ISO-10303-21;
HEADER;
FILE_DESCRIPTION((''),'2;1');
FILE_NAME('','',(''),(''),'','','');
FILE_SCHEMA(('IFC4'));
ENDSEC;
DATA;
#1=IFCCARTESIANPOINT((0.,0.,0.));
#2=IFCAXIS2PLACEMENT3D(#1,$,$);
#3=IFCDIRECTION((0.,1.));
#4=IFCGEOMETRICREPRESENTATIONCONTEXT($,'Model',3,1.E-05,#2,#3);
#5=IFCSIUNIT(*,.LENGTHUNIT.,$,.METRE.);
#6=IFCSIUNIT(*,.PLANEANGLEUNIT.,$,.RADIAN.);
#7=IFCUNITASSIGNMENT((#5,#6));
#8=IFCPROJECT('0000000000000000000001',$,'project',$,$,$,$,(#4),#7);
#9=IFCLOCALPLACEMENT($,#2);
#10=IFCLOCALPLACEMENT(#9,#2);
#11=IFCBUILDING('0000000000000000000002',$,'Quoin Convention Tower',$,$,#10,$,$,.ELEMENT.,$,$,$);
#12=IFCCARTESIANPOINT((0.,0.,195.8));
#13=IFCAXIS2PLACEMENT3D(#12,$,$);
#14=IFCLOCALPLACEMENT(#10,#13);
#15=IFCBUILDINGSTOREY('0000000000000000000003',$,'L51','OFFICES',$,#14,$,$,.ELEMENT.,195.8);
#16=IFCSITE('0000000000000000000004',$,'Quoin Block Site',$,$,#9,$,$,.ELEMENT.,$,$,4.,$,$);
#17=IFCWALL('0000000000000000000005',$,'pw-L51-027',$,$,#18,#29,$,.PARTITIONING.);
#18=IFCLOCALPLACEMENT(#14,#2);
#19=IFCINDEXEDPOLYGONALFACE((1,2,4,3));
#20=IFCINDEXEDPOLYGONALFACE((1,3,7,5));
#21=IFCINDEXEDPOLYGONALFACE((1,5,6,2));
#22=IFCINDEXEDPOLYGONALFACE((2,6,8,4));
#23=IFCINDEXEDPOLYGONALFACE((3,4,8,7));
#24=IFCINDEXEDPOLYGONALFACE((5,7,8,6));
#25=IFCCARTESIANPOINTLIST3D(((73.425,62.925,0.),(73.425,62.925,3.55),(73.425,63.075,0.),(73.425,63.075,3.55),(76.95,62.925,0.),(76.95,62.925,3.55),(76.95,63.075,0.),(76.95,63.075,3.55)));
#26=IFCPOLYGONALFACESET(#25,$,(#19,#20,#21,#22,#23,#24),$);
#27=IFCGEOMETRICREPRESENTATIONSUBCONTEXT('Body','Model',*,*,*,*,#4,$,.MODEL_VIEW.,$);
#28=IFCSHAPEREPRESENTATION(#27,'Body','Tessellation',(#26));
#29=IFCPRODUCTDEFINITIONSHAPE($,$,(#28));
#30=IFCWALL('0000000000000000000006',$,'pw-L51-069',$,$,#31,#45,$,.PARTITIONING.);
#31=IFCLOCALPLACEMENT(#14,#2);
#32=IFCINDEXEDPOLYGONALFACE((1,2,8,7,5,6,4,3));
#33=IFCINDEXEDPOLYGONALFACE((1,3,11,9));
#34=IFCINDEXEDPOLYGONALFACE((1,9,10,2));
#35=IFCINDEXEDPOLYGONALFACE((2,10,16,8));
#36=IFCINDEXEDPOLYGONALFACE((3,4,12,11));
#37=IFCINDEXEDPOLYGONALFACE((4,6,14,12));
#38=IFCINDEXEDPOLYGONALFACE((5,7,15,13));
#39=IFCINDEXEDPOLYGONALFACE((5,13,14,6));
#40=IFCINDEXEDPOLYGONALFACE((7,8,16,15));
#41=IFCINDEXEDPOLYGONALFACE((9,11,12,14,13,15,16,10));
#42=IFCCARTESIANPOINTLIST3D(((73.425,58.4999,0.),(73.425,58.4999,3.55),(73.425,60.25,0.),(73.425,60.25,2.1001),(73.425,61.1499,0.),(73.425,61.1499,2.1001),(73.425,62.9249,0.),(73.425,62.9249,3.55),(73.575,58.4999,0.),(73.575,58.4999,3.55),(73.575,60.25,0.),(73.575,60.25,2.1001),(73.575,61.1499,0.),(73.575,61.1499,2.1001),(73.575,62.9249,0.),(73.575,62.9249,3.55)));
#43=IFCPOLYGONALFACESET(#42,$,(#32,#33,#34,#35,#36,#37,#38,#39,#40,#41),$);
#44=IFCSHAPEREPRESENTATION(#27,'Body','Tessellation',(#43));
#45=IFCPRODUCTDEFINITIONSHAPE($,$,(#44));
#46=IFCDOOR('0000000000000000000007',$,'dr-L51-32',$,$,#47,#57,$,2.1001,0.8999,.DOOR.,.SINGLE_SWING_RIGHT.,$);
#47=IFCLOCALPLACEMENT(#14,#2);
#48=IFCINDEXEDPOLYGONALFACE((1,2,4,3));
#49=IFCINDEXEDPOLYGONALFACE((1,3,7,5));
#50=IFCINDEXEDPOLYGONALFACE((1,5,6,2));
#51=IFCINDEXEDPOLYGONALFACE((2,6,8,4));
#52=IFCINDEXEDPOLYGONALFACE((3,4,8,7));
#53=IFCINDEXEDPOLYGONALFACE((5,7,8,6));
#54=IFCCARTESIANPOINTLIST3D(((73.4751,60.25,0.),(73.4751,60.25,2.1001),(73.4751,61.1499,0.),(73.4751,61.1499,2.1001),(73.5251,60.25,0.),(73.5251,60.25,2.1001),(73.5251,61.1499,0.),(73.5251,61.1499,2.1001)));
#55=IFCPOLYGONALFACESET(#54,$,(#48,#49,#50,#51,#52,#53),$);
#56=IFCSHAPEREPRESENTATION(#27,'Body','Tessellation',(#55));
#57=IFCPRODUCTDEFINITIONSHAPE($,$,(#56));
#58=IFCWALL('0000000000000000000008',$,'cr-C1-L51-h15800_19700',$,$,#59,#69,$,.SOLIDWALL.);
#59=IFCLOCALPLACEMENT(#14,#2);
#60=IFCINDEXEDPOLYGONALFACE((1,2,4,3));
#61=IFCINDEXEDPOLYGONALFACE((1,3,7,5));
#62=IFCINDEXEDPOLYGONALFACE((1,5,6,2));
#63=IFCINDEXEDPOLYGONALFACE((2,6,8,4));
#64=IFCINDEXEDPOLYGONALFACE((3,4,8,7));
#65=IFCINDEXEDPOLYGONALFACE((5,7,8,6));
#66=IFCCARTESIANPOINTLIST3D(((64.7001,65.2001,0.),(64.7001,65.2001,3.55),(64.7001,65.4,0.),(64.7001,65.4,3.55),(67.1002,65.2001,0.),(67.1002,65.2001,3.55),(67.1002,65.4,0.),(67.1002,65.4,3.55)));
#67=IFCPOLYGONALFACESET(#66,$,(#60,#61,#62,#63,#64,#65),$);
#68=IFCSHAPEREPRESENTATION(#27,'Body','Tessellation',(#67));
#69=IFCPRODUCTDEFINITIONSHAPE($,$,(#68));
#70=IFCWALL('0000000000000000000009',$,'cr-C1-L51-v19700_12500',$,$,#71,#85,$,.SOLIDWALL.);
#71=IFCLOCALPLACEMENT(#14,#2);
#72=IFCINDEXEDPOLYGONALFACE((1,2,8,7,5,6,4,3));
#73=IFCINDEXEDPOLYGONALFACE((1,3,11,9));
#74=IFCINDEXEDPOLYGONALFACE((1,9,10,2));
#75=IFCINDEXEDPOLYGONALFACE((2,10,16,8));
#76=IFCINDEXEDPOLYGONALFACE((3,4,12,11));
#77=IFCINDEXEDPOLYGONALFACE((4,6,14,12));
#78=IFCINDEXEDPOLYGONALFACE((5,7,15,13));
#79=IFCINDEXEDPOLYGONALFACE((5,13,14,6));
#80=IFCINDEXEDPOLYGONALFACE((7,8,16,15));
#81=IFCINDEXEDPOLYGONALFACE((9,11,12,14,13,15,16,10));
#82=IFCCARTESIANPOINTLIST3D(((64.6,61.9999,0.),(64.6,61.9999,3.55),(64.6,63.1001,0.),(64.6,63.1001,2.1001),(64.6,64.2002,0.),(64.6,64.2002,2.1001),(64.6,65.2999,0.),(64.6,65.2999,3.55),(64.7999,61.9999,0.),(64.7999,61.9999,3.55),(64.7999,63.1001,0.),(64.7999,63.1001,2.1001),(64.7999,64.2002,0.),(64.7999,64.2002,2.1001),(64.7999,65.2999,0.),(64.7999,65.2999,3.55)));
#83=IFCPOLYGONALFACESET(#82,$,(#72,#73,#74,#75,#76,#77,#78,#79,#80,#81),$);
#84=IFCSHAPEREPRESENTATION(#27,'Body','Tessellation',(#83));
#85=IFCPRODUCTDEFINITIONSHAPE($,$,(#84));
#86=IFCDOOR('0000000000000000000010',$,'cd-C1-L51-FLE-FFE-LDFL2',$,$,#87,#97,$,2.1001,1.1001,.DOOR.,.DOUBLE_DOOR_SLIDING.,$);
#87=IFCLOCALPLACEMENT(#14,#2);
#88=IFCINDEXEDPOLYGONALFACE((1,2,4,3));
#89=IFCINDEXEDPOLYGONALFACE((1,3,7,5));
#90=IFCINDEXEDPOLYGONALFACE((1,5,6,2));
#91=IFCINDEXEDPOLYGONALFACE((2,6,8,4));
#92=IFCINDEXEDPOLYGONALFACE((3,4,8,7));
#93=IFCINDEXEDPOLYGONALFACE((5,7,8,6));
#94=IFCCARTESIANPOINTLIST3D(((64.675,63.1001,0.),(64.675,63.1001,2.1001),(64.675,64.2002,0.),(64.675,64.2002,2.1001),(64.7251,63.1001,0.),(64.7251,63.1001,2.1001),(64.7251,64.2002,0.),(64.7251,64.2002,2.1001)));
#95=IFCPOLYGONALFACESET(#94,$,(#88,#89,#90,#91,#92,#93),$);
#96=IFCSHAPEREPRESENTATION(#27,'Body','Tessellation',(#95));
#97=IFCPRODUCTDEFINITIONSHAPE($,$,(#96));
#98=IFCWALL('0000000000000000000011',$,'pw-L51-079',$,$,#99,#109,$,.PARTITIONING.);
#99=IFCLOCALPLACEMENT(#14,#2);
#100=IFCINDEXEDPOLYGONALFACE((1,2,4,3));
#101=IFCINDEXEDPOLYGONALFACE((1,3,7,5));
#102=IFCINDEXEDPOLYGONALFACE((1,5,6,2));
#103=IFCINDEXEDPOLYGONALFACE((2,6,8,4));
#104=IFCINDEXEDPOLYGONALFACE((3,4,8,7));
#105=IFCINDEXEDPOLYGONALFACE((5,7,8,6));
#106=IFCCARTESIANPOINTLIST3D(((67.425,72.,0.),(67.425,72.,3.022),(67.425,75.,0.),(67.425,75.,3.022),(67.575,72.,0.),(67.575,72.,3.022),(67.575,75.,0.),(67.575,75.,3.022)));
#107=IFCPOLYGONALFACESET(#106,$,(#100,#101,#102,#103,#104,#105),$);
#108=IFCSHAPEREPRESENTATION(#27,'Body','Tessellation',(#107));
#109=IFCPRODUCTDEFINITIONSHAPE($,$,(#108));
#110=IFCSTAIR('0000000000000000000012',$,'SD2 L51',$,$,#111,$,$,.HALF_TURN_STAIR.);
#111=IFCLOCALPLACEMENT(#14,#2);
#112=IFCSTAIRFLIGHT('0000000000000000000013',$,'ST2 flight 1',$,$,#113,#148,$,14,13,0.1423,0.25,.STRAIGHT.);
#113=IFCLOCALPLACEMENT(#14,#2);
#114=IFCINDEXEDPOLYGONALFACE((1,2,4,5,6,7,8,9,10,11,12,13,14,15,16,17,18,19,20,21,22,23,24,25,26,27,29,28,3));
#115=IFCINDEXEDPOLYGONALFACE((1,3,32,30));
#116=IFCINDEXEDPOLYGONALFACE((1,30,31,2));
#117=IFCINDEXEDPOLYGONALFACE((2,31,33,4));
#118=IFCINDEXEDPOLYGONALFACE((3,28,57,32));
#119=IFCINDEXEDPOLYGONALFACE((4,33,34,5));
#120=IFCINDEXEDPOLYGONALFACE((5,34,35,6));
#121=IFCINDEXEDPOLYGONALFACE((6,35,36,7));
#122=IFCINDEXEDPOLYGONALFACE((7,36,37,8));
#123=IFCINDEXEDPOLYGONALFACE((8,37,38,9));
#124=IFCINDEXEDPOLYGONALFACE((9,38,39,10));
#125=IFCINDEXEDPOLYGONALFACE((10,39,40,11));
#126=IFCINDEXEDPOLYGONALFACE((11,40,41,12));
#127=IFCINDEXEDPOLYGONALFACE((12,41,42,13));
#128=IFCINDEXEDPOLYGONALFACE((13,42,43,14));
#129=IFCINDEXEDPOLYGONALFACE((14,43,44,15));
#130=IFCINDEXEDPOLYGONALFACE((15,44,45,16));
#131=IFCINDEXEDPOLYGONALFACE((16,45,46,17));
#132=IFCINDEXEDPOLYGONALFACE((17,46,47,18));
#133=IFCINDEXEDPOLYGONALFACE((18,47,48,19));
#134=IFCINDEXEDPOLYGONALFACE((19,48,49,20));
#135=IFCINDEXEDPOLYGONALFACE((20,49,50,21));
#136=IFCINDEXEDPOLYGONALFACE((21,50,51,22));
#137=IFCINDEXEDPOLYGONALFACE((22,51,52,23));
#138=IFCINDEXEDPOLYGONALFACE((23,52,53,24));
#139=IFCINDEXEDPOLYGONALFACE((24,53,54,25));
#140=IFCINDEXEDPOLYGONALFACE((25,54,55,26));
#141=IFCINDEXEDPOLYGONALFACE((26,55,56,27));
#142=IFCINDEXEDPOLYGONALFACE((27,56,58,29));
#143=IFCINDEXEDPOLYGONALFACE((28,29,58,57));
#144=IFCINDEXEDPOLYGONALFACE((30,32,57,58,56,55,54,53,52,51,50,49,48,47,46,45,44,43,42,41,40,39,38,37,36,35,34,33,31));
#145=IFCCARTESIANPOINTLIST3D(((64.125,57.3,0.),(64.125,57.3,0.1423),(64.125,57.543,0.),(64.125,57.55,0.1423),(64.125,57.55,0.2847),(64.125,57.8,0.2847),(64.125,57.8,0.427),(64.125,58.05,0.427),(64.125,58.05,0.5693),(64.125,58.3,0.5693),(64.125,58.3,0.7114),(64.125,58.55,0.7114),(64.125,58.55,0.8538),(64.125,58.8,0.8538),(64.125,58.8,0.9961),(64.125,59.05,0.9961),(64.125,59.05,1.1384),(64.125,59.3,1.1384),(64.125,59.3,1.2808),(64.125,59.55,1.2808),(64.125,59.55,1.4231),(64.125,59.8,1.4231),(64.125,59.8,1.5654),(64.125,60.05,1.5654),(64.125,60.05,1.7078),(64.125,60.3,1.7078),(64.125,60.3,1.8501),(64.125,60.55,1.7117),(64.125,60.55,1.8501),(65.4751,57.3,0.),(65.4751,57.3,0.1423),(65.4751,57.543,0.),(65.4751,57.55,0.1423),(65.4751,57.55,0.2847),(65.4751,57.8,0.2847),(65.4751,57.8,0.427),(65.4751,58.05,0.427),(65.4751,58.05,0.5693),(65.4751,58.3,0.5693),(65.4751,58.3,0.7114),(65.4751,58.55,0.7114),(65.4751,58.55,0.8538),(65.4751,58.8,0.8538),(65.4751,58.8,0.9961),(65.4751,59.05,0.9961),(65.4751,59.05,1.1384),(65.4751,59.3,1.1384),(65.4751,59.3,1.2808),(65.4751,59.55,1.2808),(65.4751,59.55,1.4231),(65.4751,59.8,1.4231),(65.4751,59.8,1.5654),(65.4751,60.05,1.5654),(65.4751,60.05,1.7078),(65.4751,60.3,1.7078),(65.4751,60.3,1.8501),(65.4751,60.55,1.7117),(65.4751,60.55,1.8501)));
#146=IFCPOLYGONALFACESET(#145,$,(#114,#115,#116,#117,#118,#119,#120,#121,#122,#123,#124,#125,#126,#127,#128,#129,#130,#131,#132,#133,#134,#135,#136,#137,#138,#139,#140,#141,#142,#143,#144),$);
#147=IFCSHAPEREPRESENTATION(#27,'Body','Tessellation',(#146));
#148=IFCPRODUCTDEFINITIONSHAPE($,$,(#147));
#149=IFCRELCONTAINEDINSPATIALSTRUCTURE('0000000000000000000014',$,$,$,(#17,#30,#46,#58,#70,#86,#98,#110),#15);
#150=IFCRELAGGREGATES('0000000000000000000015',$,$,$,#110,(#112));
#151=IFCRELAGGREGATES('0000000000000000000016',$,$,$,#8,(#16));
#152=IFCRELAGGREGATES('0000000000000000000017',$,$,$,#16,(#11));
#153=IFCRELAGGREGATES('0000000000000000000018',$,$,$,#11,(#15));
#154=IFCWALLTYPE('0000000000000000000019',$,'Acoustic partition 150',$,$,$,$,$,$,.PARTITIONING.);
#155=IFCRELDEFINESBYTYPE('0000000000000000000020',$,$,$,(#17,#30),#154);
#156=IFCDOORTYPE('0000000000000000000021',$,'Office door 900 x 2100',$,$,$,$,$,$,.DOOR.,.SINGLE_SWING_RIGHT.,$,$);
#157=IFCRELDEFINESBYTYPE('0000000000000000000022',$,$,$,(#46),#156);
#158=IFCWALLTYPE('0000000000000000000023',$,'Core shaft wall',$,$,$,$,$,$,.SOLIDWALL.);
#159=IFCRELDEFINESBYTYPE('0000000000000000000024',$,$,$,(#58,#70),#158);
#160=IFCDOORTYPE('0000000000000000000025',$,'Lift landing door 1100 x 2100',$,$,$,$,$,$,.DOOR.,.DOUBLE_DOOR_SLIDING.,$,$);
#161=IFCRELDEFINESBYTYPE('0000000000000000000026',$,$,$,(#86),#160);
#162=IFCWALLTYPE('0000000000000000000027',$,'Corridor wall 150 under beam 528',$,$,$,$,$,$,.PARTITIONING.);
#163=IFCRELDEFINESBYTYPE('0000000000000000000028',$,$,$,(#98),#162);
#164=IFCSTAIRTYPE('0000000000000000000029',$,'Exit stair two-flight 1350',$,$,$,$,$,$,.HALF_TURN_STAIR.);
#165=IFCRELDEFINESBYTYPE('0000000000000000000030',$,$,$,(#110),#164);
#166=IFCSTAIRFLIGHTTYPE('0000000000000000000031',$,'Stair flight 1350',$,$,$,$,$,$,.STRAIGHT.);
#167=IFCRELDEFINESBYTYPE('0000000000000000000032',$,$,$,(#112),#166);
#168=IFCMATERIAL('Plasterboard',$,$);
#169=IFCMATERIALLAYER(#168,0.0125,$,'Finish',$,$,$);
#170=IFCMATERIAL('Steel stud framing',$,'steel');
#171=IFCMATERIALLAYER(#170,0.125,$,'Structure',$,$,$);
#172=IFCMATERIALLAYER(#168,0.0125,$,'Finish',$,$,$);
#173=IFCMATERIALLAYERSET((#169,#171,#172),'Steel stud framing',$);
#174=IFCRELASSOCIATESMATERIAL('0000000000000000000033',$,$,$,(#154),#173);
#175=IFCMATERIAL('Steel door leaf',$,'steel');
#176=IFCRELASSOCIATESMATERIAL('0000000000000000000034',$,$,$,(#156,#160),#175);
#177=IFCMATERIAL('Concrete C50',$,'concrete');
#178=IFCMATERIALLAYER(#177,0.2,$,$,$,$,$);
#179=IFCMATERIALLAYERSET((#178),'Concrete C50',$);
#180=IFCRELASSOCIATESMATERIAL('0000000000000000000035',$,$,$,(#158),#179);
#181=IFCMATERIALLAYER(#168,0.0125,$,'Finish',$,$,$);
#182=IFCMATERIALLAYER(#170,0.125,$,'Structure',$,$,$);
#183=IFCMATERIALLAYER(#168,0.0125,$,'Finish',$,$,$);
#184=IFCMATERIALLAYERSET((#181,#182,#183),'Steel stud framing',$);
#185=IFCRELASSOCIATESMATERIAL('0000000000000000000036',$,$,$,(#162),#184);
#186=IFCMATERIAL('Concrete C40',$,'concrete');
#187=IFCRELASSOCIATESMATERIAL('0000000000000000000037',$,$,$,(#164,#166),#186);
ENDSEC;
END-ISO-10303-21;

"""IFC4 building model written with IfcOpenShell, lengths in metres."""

from ifc_helpers import new_model, si_unit, direction, frame, frame_2d, origin, place, context, subcontext, project, spatial, polyline, rectangle, outline, extrude, material, layer, layer_set, type_object, element, fill, aggregate, save


model = new_model("IFC4")

# Units and contexts
model_context = context("Model", 3, precision=1e-05, world=origin(), true_north=direction((0.0, 1.0)))
body_context = subcontext(model_context, "Body", "Model", "MODEL_VIEW")
ifc_project = project(units=[si_unit("LENGTHUNIT", "METRE"), si_unit("PLANEANGLEUNIT", "RADIAN")], contexts=[model_context])

# Site, building, storey
site_placement = place(None, origin())
site = spatial("IfcSite", under=ifc_project, at=site_placement, Name="Quoin Block Site", CompositionType="ELEMENT", RefElevation=4.0)
building_placement = place(site_placement, origin())
building = spatial("IfcBuilding", under=site, at=building_placement, Name="Quoin Convention Tower", CompositionType="ELEMENT")
storey_placement = place(building_placement, frame((0.0, 0.0, 195.8)))
storey = spatial("IfcBuildingStorey", under=building, at=storey_placement, Name="L51", Description="OFFICES", CompositionType="ELEMENT", Elevation=195.8)

# Shared definitions
ifc_material_1 = material(Name="Concrete C50", Category="concrete")

# Wall
ifc_material_2 = material(Name="Plasterboard")
ifc_layer_1 = layer(ifc_material_2, 0.0125, Name="Finish")
ifc_material_3 = material(Name="Steel stud framing", Category="steel")
ifc_layer_2 = layer(ifc_material_3, 0.125, Name="Structure")
ifc_layer_3 = layer(ifc_material_2, 0.0125, Name="Finish")
ifc_layer_set_1 = layer_set([ifc_layer_1, ifc_layer_2, ifc_layer_3], Name="Steel stud framing")
wall_type_1 = type_object("IfcWallType", Name="Acoustic partition 150", PredefinedType="PARTITIONING", material=ifc_layer_set_1)
wall_1_placement = place(storey_placement, frame((73.425, 63.0, 0.0), z_axis=(0.0, 0.0, 1.0), x_axis=(1.0, 0.0, 0.0)))
element("IfcWall", 1, at=wall_1_placement, inside=storey, type_object=wall_type_1, Name="pw-L51-027", PredefinedType="PARTITIONING", context=body_context, shape_type="SweptSolid", body=[
    extrude(rectangle(XDim=3.5249, YDim=0.1499, at=frame_2d((1.7625, 0.0))), origin(), (0.0, 0.0, 1.0), 3.55),
])

# Wall, opening, door
wall_2_placement = place(storey_placement, frame((73.5, 58.5, 0.0), z_axis=(0.0, 0.0, 1.0), x_axis=(0.0, 1.0, 0.0)))
wall_2 = element("IfcWall", 2, at=wall_2_placement, inside=storey, type_object=wall_type_1, Name="pw-L51-069", PredefinedType="PARTITIONING", context=body_context, shape_type="SweptSolid", body=[
    extrude(rectangle(XDim=4.425, YDim=0.1499, at=frame_2d((2.2124, 0.0))), origin(), (0.0, 0.0, 1.0), 3.55),
])
opening_1_placement = place(wall_2_placement, frame((1.75, 0.0, 0.0)))
opening_1 = element("IfcOpeningElement", 3, at=opening_1_placement, cuts=wall_2, PredefinedType="OPENING", context=body_context, shape_type="SweptSolid", body=[
    extrude(rectangle(XDim=0.8999, YDim=2.1001, at=frame_2d((0.45, 1.05))), frame((0.0, 0.085, 0.0), z_axis=(0.0, -1.0, 0.0), x_axis=(1.0, 0.0, 0.0)), (0.0, 0.0, 1.0), 0.1699),
])
ifc_material_4 = material(Name="Steel door leaf", Category="steel")
door_type_1 = type_object("IfcDoorType", Name="Office door 900 x 2100", OperationType="SINGLE_SWING_RIGHT", PredefinedType="DOOR", material=ifc_material_4)
door_1_placement = place(opening_1_placement, origin())
door_1 = element("IfcDoor", 4, at=door_1_placement, inside=storey, type_object=door_type_1, Name="dr-L51-32", OperationType="SINGLE_SWING_RIGHT", OverallHeight=2.1001, OverallWidth=0.8999, PredefinedType="DOOR", context=body_context, shape_type="SweptSolid", body=[
    extrude(rectangle(XDim=0.8999, YDim=2.1001, at=frame_2d((0.45, 1.05))), frame((0.0, 0.0249, 0.0), z_axis=(0.0, -1.0, 0.0), x_axis=(1.0, 0.0, 0.0)), (0.0, 0.0, 1.0), 0.05),
])
fill(opening_1, door_1)

# Wall
ifc_layer_4 = layer(ifc_material_1, 0.2)
ifc_layer_set_2 = layer_set([ifc_layer_4], Name="Concrete C50")
wall_type_2 = type_object("IfcWallType", Name="Core shaft wall", PredefinedType="SOLIDWALL", material=ifc_layer_set_2)
wall_3_placement = place(storey_placement, frame((64.7, 65.3, 0.0), z_axis=(0.0, 0.0, 1.0), x_axis=(1.0, 0.0, 0.0)))
element("IfcWall", 5, at=wall_3_placement, inside=storey, type_object=wall_type_2, Name="cr-C1-L51-h15800_19700", PredefinedType="SOLIDWALL", context=body_context, shape_type="SweptSolid", body=[
    extrude(rectangle(XDim=2.4001, YDim=0.2, at=frame_2d((1.2002, 0.0))), origin(), (0.0, 0.0, 1.0), 3.55),
])

# Wall, opening, door
wall_4_placement = place(storey_placement, frame((64.7, 62.0, 0.0), z_axis=(0.0, 0.0, 1.0), x_axis=(0.0, 1.0, 0.0)))
wall_4 = element("IfcWall", 6, at=wall_4_placement, inside=storey, type_object=wall_type_2, Name="cr-C1-L51-v19700_12500", PredefinedType="SOLIDWALL", context=body_context, shape_type="SweptSolid", body=[
    extrude(rectangle(XDim=3.3, YDim=0.2, at=frame_2d((1.6499, 0.0))), origin(), (0.0, 0.0, 1.0), 3.55),
])
opening_2_placement = place(wall_4_placement, frame((1.1001, 0.0, 0.0)))
opening_2 = element("IfcOpeningElement", 7, at=opening_2_placement, cuts=wall_4, PredefinedType="OPENING", context=body_context, shape_type="SweptSolid", body=[
    extrude(rectangle(XDim=1.1001, YDim=2.1001, at=frame_2d((0.55, 1.05))), frame((0.0, 0.1099, 0.0), z_axis=(0.0, -1.0, 0.0), x_axis=(1.0, 0.0, 0.0)), (0.0, 0.0, 1.0), 0.22),
])
door_type_2 = type_object("IfcDoorType", Name="Lift landing door 1100 x 2100", OperationType="DOUBLE_DOOR_SLIDING", PredefinedType="DOOR", material=ifc_material_4)
door_2_placement = place(opening_2_placement, origin())
door_2 = element("IfcDoor", 8, at=door_2_placement, inside=storey, type_object=door_type_2, Name="cd-C1-L51-FLE-FFE-LDFL2", OperationType="DOUBLE_DOOR_SLIDING", OverallHeight=2.1001, OverallWidth=1.1001, PredefinedType="DOOR", context=body_context, shape_type="SweptSolid", body=[
    extrude(rectangle(XDim=1.1001, YDim=2.1001, at=frame_2d((0.55, 1.05))), frame((0.0, 0.0249, 0.0), z_axis=(0.0, -1.0, 0.0), x_axis=(1.0, 0.0, 0.0)), (0.0, 0.0, 1.0), 0.05),
])
fill(opening_2, door_2)

# Wall
ifc_layer_5 = layer(ifc_material_2, 0.0125, Name="Finish")
ifc_layer_6 = layer(ifc_material_3, 0.125, Name="Structure")
ifc_layer_7 = layer(ifc_material_2, 0.0125, Name="Finish")
ifc_layer_set_3 = layer_set([ifc_layer_5, ifc_layer_6, ifc_layer_7], Name="Steel stud framing")
wall_type_3 = type_object("IfcWallType", Name="Corridor wall 150 under beam 528", PredefinedType="PARTITIONING", material=ifc_layer_set_3)
wall_5_placement = place(storey_placement, frame((67.5, 72.0, 0.0), z_axis=(0.0, 0.0, 1.0), x_axis=(0.0, 1.0, 0.0)))
element("IfcWall", 9, at=wall_5_placement, inside=storey, type_object=wall_type_3, Name="pw-L51-079", PredefinedType="PARTITIONING", context=body_context, shape_type="SweptSolid", body=[
    extrude(rectangle(XDim=3.0, YDim=0.1499, at=frame_2d((1.5, 0.0))), origin(), (0.0, 0.0, 1.0), 3.022),
])

# Stair, stair flight
ifc_material_5 = material(Name="Concrete C40", Category="concrete")
stair_type = type_object("IfcStairType", Name="Exit stair two-flight 1350", PredefinedType="HALF_TURN_STAIR", material=ifc_material_5)
stair_placement = place(storey_placement, origin())
stair = element("IfcStair", 10, at=stair_placement, inside=storey, type_object=stair_type, Name="SD2 L51", PredefinedType="HALF_TURN_STAIR")
stair_flight_type = type_object("IfcStairFlightType", Name="Stair flight 1350", PredefinedType="STRAIGHT", material=ifc_material_5)
stair_flight_1_placement = place(storey_placement, frame((64.8, 57.3, 0.0), z_axis=(0.0, 0.0, 1.0), x_axis=(0.0, 1.0, 0.0)))
stair_flight_1 = element("IfcStairFlight", 11, at=stair_flight_1_placement, type_object=stair_flight_type, Name="ST2 flight 1", NumberOfRisers=14, NumberOfTreads=13, PredefinedType="STRAIGHT", RiserHeight=0.1423, TreadLength=0.25, context=body_context, shape_type="SweptSolid", body=[
    extrude(outline(polyline([(0.0, 0.0), (0.0, 0.1423), (0.25, 0.1423), (0.25, 0.2847), (0.5, 0.2847), (0.5, 0.427), (0.75, 0.427), (0.75, 0.5693), (1.0, 0.5693), (1.0, 0.7114), (1.25, 0.7114), (1.25, 0.8538), (1.5, 0.8538), (1.5, 0.9961), (1.75, 0.9961), (1.75, 1.1384), (2.0, 1.1384), (2.0, 1.2808), (2.25, 1.2808), (2.25, 1.4231), (2.5, 1.4231), (2.5, 1.5654), (2.75, 1.5654), (2.75, 1.7078), (3.0, 1.7078), (3.0, 1.8501), (3.25, 1.8501), (3.25, 1.9922), (3.25, 1.7117), (0.2429, 0.0), (0.0, 0.0)])), frame((0.0, 0.675, 0.0), z_axis=(0.0, -1.0, 0.0), x_axis=(1.0, 0.0, 0.0)), (0.0, 0.0, 1.0), 1.3501),
])
aggregate(stair, [stair_flight_1])

save(model, "model.ifc")
